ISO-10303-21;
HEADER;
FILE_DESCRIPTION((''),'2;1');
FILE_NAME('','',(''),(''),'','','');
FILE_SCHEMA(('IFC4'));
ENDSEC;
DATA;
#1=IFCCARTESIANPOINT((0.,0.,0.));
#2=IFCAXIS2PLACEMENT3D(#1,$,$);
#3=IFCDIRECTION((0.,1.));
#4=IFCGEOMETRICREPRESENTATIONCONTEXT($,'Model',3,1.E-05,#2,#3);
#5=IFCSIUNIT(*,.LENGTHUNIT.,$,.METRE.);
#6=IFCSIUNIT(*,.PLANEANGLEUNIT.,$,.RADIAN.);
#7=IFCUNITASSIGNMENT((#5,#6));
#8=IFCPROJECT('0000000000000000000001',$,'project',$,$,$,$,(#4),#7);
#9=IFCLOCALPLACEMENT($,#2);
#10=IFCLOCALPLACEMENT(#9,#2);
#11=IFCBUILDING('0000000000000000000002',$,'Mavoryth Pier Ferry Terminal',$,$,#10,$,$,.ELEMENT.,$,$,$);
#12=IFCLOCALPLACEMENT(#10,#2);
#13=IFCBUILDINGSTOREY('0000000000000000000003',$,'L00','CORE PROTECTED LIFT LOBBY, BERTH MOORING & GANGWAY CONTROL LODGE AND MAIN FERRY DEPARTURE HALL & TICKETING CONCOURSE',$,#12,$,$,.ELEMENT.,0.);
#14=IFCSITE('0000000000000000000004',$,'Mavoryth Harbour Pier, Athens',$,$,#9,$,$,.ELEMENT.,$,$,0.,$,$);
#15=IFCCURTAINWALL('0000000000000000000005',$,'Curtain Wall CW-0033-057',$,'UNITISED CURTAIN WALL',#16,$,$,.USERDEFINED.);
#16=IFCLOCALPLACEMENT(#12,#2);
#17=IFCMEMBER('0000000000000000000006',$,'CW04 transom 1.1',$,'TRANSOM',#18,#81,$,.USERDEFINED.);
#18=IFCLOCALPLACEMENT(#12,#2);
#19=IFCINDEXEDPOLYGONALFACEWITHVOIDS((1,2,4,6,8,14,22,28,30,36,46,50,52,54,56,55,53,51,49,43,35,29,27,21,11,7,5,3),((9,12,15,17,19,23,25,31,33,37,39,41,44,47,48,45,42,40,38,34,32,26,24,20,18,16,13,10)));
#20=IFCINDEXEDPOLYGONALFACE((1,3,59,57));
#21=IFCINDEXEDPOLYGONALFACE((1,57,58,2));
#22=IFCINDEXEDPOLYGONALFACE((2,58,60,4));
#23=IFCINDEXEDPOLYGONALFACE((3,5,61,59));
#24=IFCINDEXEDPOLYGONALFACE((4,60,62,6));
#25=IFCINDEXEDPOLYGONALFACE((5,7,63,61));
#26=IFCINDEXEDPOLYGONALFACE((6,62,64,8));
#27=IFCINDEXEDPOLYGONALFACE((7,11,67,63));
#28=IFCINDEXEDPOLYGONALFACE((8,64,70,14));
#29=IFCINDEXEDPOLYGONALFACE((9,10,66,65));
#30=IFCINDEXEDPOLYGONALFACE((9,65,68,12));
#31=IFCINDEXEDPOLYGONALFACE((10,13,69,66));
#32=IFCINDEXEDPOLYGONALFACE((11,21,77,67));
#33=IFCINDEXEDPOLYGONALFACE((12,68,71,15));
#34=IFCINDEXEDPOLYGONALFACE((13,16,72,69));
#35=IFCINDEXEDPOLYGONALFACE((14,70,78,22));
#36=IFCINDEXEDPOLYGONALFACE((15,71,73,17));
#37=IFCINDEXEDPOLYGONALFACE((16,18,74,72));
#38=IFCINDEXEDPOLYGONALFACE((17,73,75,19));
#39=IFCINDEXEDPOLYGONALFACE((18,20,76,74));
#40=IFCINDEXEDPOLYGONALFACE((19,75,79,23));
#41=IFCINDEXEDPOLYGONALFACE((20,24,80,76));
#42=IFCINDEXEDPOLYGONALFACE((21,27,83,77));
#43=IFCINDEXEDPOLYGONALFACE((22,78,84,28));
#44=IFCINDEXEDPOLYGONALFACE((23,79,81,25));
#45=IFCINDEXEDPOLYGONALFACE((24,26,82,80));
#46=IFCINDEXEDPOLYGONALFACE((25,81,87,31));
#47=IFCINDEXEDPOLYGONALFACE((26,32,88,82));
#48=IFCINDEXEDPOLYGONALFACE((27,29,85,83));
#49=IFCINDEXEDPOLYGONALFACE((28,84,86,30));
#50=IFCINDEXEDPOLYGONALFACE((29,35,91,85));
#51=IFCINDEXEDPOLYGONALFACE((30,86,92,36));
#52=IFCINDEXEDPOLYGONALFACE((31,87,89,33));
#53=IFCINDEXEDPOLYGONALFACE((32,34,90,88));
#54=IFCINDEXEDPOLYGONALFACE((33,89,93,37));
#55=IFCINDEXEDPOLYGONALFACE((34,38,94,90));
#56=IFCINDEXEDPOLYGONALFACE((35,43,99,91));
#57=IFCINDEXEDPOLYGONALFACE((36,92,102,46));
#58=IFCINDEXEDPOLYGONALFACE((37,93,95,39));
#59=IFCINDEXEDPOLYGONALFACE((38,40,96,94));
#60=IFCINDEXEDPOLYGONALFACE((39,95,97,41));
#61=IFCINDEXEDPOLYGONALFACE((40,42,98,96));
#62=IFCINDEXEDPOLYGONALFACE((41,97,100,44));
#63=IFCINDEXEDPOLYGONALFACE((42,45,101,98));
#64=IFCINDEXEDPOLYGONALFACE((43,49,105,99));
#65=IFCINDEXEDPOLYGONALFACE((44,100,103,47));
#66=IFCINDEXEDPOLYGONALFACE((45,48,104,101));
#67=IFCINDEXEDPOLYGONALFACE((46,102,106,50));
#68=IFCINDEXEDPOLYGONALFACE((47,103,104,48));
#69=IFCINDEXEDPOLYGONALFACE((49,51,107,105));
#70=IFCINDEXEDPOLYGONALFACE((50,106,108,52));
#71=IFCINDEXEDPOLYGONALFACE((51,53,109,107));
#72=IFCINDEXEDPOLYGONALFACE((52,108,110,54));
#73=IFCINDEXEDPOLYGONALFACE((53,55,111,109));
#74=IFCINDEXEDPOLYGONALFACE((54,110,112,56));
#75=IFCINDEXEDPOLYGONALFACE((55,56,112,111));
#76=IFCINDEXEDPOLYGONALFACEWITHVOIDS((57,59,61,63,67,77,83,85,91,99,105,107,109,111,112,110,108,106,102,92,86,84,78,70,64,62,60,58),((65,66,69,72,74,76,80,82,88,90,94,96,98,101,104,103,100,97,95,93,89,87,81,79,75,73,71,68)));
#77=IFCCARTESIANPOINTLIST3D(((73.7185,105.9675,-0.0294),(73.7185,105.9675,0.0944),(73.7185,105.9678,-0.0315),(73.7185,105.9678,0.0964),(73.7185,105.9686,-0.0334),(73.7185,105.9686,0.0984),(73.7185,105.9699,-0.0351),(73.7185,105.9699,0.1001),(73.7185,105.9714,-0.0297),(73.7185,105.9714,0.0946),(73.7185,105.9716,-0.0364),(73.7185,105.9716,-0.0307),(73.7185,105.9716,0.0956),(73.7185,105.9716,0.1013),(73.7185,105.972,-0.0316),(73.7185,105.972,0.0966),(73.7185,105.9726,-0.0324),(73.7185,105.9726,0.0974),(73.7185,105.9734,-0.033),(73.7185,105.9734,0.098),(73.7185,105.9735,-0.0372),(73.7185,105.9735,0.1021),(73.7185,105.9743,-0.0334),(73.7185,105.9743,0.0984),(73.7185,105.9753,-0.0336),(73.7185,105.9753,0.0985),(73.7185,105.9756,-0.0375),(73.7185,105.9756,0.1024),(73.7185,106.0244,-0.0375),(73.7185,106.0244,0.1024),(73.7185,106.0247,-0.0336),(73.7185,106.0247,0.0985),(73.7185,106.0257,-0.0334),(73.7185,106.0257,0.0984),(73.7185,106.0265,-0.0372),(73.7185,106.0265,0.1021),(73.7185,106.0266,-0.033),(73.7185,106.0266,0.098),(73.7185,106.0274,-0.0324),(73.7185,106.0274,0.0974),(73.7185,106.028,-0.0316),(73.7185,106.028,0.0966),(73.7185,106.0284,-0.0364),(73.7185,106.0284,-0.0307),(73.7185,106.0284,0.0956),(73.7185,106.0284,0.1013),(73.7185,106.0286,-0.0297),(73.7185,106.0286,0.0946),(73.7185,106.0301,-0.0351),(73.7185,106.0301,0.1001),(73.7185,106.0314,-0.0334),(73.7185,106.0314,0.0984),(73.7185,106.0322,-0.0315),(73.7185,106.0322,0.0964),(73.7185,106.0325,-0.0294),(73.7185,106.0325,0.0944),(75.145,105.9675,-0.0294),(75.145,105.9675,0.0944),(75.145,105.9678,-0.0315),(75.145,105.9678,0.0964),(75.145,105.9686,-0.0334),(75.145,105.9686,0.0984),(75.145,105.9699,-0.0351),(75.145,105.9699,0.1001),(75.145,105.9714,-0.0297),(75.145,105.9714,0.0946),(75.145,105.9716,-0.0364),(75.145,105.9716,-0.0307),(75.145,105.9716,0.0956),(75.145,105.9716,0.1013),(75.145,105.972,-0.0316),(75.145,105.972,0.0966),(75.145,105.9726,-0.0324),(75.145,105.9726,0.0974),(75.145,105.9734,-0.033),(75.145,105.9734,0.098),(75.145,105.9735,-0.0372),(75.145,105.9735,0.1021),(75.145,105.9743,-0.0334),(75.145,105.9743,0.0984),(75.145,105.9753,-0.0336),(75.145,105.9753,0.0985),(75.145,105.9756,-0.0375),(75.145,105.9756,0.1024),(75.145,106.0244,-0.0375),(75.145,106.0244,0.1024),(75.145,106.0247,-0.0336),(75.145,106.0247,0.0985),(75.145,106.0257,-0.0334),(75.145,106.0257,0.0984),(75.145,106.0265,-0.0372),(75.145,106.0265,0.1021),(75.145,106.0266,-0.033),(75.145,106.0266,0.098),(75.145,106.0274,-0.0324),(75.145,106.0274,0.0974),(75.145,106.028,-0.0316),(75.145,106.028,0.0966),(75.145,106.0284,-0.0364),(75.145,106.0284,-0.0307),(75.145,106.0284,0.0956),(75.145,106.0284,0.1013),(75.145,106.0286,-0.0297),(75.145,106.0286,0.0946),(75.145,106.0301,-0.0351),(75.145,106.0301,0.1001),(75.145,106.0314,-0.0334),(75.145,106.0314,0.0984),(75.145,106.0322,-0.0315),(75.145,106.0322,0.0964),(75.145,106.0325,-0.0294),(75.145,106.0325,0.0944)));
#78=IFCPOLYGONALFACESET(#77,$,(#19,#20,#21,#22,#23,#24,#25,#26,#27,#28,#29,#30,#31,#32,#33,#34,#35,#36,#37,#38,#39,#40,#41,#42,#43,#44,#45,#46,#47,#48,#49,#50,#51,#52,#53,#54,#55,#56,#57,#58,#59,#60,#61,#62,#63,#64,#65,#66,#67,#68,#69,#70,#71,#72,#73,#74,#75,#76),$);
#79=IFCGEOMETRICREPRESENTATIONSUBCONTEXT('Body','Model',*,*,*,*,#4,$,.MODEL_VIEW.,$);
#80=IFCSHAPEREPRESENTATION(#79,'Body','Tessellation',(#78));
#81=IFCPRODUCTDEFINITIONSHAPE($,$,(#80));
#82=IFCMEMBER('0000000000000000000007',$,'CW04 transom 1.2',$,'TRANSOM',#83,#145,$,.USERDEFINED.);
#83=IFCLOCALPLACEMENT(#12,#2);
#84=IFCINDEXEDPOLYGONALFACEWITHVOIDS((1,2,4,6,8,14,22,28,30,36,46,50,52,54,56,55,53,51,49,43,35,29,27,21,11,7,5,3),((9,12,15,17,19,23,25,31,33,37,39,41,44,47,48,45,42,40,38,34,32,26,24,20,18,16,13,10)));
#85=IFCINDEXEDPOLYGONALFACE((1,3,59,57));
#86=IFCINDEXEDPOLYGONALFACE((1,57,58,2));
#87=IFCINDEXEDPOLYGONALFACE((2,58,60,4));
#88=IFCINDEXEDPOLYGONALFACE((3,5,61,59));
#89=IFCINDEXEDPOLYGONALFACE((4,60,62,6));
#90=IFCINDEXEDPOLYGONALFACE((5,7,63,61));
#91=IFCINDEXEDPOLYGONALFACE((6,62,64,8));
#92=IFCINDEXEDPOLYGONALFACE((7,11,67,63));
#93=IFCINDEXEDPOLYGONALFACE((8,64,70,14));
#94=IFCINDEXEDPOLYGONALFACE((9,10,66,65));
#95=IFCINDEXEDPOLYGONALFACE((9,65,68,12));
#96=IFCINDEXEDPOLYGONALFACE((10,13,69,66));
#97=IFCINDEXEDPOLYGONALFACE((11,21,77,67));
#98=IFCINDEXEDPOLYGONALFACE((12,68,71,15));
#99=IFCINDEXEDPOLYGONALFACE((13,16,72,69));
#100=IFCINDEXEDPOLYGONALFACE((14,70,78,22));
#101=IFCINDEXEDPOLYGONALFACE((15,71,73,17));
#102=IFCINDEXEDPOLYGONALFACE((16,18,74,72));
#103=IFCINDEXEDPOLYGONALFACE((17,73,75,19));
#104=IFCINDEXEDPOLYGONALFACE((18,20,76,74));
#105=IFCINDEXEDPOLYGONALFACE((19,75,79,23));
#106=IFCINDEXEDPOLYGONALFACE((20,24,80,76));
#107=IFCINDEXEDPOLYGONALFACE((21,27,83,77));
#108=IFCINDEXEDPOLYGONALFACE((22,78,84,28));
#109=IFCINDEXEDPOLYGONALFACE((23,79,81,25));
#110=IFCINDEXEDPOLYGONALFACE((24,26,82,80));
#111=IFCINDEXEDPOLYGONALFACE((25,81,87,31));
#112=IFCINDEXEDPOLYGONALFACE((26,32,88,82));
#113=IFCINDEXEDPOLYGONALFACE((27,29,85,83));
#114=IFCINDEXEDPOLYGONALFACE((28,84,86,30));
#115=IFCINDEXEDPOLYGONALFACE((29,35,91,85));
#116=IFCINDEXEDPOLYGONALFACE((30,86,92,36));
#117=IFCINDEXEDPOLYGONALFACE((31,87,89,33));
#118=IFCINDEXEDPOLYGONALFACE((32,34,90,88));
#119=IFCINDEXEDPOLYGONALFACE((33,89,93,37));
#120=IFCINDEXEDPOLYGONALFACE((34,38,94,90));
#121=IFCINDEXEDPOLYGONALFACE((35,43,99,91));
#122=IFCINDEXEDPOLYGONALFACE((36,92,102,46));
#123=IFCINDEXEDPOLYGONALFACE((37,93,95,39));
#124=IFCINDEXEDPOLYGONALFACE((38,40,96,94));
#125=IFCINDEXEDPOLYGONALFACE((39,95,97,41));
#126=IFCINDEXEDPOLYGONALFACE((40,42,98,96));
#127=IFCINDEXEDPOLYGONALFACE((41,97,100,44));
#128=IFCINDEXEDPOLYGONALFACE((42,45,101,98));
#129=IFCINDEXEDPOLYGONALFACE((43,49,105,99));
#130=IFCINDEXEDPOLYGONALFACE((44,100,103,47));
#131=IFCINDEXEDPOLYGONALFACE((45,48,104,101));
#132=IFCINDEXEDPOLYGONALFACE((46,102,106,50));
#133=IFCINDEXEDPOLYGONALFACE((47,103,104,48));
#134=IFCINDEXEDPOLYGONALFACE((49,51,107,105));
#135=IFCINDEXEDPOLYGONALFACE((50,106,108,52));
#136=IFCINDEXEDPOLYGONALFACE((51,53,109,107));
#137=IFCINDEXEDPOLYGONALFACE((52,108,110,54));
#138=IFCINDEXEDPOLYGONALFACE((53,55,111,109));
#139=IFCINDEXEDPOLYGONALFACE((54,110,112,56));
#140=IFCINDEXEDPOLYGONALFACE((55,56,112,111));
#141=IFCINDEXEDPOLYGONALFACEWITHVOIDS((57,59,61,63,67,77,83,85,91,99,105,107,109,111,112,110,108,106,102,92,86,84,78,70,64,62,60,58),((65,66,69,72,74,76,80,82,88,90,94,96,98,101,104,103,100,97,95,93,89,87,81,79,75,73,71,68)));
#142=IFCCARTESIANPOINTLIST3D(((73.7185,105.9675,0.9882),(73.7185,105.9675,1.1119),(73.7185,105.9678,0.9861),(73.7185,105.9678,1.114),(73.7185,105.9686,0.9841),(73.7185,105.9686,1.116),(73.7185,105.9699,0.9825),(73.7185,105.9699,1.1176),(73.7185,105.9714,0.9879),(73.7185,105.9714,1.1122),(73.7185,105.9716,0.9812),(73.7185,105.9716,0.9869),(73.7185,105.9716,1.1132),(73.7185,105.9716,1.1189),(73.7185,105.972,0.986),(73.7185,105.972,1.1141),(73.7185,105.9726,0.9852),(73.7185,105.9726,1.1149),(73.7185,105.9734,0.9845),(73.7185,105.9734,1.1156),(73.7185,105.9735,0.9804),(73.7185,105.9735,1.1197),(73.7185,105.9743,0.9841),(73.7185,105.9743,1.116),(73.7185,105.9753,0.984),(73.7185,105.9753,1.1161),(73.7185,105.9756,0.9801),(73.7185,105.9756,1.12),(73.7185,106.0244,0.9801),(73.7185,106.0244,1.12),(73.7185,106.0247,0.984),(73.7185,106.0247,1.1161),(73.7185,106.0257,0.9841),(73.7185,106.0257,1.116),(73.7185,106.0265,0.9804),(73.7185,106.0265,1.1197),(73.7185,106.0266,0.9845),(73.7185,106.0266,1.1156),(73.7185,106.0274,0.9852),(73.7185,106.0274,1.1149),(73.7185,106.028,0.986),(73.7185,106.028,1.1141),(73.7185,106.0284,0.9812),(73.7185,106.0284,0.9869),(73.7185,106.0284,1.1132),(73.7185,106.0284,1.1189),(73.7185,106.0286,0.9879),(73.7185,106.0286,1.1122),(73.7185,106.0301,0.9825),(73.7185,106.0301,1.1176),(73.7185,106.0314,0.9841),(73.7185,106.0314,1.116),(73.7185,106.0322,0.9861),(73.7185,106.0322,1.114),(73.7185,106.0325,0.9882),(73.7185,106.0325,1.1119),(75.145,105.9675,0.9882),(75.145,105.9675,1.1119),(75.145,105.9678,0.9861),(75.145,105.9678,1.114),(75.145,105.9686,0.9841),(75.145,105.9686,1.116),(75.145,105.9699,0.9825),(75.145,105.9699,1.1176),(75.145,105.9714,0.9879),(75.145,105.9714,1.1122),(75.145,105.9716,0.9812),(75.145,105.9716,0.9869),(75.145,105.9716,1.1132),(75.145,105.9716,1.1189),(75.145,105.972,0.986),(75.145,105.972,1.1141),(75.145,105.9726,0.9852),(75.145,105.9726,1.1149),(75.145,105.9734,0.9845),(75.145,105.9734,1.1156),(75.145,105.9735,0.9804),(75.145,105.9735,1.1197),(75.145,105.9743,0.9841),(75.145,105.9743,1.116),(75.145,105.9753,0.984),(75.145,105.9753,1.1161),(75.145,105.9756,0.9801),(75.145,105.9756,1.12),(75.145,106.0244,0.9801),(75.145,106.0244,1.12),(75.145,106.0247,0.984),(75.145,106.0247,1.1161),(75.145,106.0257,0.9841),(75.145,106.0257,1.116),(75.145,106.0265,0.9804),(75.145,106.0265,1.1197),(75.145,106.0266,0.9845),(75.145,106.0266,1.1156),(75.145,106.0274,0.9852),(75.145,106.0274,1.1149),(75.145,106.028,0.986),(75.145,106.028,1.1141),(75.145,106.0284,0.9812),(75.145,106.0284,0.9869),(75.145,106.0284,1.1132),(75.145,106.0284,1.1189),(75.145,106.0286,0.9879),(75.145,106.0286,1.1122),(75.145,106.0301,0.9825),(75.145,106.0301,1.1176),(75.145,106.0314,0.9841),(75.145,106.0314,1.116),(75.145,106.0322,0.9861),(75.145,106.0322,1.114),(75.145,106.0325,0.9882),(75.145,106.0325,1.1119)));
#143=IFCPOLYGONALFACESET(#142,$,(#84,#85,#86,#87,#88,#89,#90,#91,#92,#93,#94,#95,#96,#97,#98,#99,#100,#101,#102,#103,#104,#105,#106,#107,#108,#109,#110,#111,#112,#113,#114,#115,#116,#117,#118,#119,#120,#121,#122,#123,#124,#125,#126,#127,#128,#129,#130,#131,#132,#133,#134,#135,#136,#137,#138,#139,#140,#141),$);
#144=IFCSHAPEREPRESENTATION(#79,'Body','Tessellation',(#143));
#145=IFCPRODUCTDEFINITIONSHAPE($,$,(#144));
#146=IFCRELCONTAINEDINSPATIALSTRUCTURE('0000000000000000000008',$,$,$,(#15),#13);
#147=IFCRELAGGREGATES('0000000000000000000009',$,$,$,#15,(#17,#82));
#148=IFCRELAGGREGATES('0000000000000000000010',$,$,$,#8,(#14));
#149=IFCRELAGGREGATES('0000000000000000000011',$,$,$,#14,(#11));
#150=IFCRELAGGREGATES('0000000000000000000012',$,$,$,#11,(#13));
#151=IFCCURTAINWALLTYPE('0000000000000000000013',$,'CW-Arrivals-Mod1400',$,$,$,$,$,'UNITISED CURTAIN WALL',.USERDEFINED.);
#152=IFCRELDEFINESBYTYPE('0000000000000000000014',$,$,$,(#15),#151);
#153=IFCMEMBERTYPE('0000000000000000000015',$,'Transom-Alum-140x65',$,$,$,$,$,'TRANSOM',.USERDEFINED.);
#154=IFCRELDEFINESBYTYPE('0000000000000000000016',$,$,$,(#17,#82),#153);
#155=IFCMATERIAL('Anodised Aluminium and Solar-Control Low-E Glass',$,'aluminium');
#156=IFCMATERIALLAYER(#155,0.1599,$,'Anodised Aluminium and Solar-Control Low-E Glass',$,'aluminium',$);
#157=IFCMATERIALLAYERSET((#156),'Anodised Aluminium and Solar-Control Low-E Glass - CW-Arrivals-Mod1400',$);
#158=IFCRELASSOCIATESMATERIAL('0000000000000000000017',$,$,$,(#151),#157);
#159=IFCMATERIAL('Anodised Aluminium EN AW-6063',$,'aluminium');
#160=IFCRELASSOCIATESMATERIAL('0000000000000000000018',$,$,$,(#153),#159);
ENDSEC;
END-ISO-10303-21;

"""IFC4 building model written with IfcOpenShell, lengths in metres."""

from ifc_helpers import new_model, si_unit, direction, frame, origin, origin_2d, place, context, subcontext, project, spatial, hollow_rectangle, extrude, material, layer, layer_set, material_profile, profile_set, type_object, element, aggregate, save


model = new_model("IFC4")

# Units and contexts
model_context = context("Model", 3, precision=1e-05, world=origin(), true_north=direction((0.0, 1.0)))
body_context = subcontext(model_context, "Body", "Model", "MODEL_VIEW")
ifc_project = project(units=[si_unit("LENGTHUNIT", "METRE"), si_unit("PLANEANGLEUNIT", "RADIAN")], contexts=[model_context])

# Site, building, storey
site_placement = place(None, origin())
site = spatial("IfcSite", under=ifc_project, at=site_placement, Name="Mavoryth Harbour Pier, Athens", CompositionType="ELEMENT", RefElevation=0.0)
building_placement = place(site_placement, origin())
building = spatial("IfcBuilding", under=site, at=building_placement, Name="Mavoryth Pier Ferry Terminal", CompositionType="ELEMENT")
storey_placement = place(building_placement, origin())
storey = spatial("IfcBuildingStorey", under=building, at=storey_placement, Name="L00", Description="CORE PROTECTED LIFT LOBBY, BERTH MOORING & GANGWAY CONTROL LODGE AND MAIN FERRY DEPARTURE HALL & TICKETING CONCOURSE", CompositionType="ELEMENT", Elevation=0.0)

# Curtain wall, members
ifc_material_1 = material(Name="Anodised Aluminium and Solar-Control Low-E Glass", Category="aluminium")
ifc_layer_1 = layer(ifc_material_1, 0.1599, Name="Anodised Aluminium and Solar-Control Low-E Glass", Category="aluminium")
ifc_layer_set_1 = layer_set([ifc_layer_1], Name="Anodised Aluminium and Solar-Control Low-E Glass - CW-Arrivals-Mod1400")
curtain_wall_type = type_object("IfcCurtainWallType", Name="CW-Arrivals-Mod1400", ElementType="UNITISED CURTAIN WALL", PredefinedType="USERDEFINED", material=ifc_layer_set_1)
curtain_wall_placement = place(storey_placement, origin())
curtain_wall = element("IfcCurtainWall", 1, at=curtain_wall_placement, inside=storey, type_object=curtain_wall_type, Name="Curtain Wall CW-0033-057", ObjectType="UNITISED CURTAIN WALL", PredefinedType="USERDEFINED")
ifc_material_2 = material(Name="Anodised Aluminium EN AW-6063", Category="aluminium")
ifc_material_profile_1 = material_profile(ifc_material_2, hollow_rectangle(XDim=0.0649, YDim=0.1399, WallThickness=0.0039, InnerFilletRadius=0.0039, OuterFilletRadius=0.0081, at=origin_2d()), Name="AL-TRAN 140x65x4", Category="aluminium")
ifc_profile_set_1 = profile_set([ifc_material_profile_1], Name="Anodised Aluminium EN AW-6063 - AL-TRAN 140x65x4")
member_type_1 = type_object("IfcMemberType", Name="Transom-Alum-140x65", ElementType="TRANSOM", PredefinedType="USERDEFINED", material=ifc_profile_set_1)
member_1_placement = place(storey_placement, frame((75.145, 106.0, 0.0325), z_axis=(-1.0, 0.0, 0.0), x_axis=(0.0, -1.0, 0.0)))
member_1 = element("IfcMember", 2, at=member_1_placement, type_object=member_type_1, Name="CW04 transom 1.1", ObjectType="TRANSOM", PredefinedType="USERDEFINED", context=body_context, shape_type="SweptSolid", body=[
    extrude(hollow_rectangle(XDim=0.0649, YDim=0.1399, WallThickness=0.0039, InnerFilletRadius=0.0039, OuterFilletRadius=0.0081, at=origin_2d()), origin(), (0.0, 0.0, 1.0), 1.4265),
])
member_2_placement = place(storey_placement, frame((75.145, 106.0, 1.05), z_axis=(-1.0, 0.0, 0.0), x_axis=(0.0, -1.0, 0.0)))
member_2 = element("IfcMember", 3, at=member_2_placement, type_object=member_type_1, Name="CW04 transom 1.2", ObjectType="TRANSOM", PredefinedType="USERDEFINED", context=body_context, shape_type="SweptSolid", body=[
    extrude(hollow_rectangle(XDim=0.0649, YDim=0.1399, WallThickness=0.0039, InnerFilletRadius=0.0039, OuterFilletRadius=0.0081, at=origin_2d()), origin(), (0.0, 0.0, 1.0), 1.4265),
])
aggregate(curtain_wall, [member_1, member_2])

save(model, "model.ifc")
